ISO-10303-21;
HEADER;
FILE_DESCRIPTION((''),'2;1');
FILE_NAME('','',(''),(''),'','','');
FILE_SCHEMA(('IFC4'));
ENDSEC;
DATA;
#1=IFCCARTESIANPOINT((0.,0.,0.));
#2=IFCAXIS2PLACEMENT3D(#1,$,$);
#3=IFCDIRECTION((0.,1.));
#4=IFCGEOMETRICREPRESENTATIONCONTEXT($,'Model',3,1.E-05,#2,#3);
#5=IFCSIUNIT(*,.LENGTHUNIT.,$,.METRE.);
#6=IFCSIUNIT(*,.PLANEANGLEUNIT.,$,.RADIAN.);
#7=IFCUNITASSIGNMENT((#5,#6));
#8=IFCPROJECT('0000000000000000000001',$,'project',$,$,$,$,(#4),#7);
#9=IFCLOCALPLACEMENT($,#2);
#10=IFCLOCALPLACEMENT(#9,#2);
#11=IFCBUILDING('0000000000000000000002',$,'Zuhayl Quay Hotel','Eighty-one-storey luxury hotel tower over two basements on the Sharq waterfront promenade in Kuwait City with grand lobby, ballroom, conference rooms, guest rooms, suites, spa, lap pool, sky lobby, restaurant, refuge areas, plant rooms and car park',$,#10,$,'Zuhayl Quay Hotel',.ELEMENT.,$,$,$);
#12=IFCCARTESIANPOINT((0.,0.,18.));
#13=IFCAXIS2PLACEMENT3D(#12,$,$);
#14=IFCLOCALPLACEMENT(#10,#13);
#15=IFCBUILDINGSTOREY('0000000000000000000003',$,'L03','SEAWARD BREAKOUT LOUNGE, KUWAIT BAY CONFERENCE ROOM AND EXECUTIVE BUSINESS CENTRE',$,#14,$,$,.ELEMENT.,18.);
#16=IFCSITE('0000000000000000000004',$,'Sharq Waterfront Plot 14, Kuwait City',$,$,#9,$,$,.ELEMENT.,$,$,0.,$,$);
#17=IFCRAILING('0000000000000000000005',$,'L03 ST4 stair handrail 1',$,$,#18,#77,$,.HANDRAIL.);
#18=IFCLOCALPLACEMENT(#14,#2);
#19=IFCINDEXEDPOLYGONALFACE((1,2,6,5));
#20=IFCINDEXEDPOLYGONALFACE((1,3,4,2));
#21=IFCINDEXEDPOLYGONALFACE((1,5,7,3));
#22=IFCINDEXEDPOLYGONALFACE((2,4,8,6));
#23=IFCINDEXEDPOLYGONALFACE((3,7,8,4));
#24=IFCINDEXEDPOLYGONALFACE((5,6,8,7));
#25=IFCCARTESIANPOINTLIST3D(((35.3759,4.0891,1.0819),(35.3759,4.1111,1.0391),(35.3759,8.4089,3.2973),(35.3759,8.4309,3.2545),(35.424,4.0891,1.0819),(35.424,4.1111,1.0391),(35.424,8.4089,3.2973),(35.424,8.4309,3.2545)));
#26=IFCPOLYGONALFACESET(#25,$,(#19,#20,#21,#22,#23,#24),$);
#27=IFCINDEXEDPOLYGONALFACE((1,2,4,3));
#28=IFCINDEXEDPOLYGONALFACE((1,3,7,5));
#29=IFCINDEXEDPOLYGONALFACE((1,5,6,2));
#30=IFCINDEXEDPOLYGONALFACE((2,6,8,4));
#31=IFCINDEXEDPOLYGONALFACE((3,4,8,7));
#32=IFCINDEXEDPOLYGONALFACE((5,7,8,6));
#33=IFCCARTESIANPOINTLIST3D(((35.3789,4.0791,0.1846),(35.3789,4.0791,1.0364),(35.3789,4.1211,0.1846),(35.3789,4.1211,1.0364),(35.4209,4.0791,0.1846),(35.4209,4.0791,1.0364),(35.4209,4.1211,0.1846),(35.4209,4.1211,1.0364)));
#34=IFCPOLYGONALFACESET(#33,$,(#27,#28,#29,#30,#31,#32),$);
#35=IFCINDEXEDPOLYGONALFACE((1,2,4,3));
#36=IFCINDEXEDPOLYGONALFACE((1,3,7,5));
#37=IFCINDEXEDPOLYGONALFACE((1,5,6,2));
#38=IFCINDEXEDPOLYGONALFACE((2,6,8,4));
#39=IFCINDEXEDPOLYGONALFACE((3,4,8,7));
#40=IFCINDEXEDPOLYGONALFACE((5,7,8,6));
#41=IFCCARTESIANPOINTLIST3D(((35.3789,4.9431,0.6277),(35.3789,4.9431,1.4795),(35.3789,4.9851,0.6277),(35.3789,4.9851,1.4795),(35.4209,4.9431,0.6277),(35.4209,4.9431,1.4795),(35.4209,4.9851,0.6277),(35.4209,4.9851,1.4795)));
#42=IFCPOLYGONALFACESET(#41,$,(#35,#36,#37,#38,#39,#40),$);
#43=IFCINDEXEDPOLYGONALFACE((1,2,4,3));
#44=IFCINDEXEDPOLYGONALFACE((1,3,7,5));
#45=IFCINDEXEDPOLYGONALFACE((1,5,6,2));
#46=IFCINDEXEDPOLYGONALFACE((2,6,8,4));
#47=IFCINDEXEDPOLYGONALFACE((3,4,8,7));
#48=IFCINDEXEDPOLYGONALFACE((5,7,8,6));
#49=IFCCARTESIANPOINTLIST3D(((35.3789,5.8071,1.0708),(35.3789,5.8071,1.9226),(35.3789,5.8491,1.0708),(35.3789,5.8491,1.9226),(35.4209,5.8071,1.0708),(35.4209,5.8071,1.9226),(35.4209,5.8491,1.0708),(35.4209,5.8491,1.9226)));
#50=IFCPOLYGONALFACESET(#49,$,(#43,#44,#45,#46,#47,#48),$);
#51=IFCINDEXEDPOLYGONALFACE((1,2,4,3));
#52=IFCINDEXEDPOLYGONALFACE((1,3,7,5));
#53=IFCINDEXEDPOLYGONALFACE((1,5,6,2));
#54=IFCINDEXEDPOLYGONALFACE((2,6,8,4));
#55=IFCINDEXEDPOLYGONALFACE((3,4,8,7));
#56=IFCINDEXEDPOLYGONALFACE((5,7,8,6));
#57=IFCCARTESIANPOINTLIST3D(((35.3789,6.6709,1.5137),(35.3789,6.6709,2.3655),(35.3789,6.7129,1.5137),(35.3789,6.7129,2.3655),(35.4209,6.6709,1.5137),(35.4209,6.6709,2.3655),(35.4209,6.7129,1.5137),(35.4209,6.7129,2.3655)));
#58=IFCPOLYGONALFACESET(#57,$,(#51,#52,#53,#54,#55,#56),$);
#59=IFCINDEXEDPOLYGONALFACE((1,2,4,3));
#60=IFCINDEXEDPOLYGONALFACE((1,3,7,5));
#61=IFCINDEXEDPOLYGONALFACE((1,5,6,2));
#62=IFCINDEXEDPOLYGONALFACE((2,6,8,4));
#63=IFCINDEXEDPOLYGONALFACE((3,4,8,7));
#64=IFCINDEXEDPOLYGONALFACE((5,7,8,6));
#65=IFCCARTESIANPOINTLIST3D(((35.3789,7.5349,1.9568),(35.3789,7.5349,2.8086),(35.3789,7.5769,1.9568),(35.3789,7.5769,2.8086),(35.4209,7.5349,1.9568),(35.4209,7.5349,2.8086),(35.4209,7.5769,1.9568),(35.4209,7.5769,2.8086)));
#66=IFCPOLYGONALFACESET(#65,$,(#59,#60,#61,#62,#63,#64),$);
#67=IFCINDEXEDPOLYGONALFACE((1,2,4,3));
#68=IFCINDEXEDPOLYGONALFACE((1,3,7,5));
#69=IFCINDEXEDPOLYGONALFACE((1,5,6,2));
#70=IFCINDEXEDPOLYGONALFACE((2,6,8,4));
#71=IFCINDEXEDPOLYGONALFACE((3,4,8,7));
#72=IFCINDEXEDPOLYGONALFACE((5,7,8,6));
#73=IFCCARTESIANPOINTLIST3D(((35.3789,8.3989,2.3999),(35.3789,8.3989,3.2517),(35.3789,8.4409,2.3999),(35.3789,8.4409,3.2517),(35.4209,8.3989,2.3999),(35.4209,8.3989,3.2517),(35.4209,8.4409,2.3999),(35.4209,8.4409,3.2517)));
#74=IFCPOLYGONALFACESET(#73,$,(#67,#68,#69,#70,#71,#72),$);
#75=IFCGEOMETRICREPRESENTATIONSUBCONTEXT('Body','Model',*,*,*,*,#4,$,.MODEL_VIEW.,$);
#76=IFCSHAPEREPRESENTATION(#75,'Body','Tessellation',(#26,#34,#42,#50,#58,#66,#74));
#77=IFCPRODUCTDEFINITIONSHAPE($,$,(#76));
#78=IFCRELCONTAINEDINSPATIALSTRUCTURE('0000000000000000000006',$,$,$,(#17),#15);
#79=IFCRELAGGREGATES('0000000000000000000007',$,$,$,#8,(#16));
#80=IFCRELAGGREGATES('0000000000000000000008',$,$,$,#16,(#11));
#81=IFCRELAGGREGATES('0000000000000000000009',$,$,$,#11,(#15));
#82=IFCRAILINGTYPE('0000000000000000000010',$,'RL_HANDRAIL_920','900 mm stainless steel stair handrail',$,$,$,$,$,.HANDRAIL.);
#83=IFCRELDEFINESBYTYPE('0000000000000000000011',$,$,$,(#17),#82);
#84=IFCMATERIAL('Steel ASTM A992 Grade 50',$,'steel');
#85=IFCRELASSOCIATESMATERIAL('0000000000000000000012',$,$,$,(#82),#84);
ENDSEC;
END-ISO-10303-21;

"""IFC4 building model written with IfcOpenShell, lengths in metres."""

from ifc_helpers import new_model, si_unit, direction, frame, origin, origin_2d, place, context, subcontext, project, spatial, rectangle, extrude, material, type_object, element, save


model = new_model("IFC4")

# Units and contexts
model_context = context("Model", 3, precision=1e-05, world=origin(), true_north=direction((0.0, 1.0)))
body_context = subcontext(model_context, "Body", "Model", "MODEL_VIEW")
ifc_project = project(units=[si_unit("LENGTHUNIT", "METRE"), si_unit("PLANEANGLEUNIT", "RADIAN")], contexts=[model_context])

# Site, building, storey
site_placement = place(None, origin())
site = spatial("IfcSite", under=ifc_project, at=site_placement, Name="Sharq Waterfront Plot 14, Kuwait City", CompositionType="ELEMENT", RefElevation=0.0)
building_placement = place(site_placement, origin())
building = spatial("IfcBuilding", under=site, at=building_placement, Name="Zuhayl Quay Hotel", Description="Eighty-one-storey luxury hotel tower over two basements on the Sharq waterfront promenade in Kuwait City with grand lobby, ballroom, conference rooms, guest rooms, suites, spa, lap pool, sky lobby, restaurant, refuge areas, plant rooms and car park", LongName="Zuhayl Quay Hotel", CompositionType="ELEMENT")
storey_placement = place(building_placement, frame((0.0, 0.0, 18.0)))
storey = spatial("IfcBuildingStorey", under=building, at=storey_placement, Name="L03", Description="SEAWARD BREAKOUT LOUNGE, KUWAIT BAY CONFERENCE ROOM AND EXECUTIVE BUSINESS CENTRE", CompositionType="ELEMENT", Elevation=18.0)

# Railing
ifc_material_1 = material(Name="Steel ASTM A992 Grade 50", Category="steel")
railing_type_1 = type_object("IfcRailingType", Name="RL_HANDRAIL_920", Description="900 mm stainless steel stair handrail", PredefinedType="HANDRAIL", material=ifc_material_1)
railing_1_placement = place(storey_placement, frame((35.3999, 4.1001, 0.1846)))
element("IfcRailing", 1, at=railing_1_placement, inside=storey, type_object=railing_type_1, Name="L03 ST4 stair handrail 1", PredefinedType="HANDRAIL", context=body_context, shape_type="SweptSolid", body=[
    extrude(rectangle(XDim=0.0481, YDim=0.0481, at=origin_2d()), frame((0.0, 0.0, 0.876), z_axis=(0.0, 0.889814, 0.456323), x_axis=(-1.0, 0.0, 0.0)), (0.0, 0.0, 1.0), 4.8547),
    extrude(rectangle(XDim=0.042, YDim=0.042, at=origin_2d()), origin(), (0.0, 0.0, 1.0), 0.8518),
    extrude(rectangle(XDim=0.042, YDim=0.042, at=origin_2d()), frame((0.0, 0.864, 0.4431)), (0.0, 0.0, 1.0), 0.8518),
    extrude(rectangle(XDim=0.042, YDim=0.042, at=origin_2d()), frame((0.0, 1.728, 0.8862)), (0.0, 0.0, 1.0), 0.8518),
    extrude(rectangle(XDim=0.042, YDim=0.042, at=origin_2d()), frame((0.0, 2.5918, 1.3291)), (0.0, 0.0, 1.0), 0.8518),
    extrude(rectangle(XDim=0.042, YDim=0.042, at=origin_2d()), frame((0.0, 3.4558, 1.7722)), (0.0, 0.0, 1.0), 0.8518),
    extrude(rectangle(XDim=0.042, YDim=0.042, at=origin_2d()), frame((0.0, 4.3198, 2.2153)), (0.0, 0.0, 1.0), 0.8518),
])

save(model, "model.ifc")
